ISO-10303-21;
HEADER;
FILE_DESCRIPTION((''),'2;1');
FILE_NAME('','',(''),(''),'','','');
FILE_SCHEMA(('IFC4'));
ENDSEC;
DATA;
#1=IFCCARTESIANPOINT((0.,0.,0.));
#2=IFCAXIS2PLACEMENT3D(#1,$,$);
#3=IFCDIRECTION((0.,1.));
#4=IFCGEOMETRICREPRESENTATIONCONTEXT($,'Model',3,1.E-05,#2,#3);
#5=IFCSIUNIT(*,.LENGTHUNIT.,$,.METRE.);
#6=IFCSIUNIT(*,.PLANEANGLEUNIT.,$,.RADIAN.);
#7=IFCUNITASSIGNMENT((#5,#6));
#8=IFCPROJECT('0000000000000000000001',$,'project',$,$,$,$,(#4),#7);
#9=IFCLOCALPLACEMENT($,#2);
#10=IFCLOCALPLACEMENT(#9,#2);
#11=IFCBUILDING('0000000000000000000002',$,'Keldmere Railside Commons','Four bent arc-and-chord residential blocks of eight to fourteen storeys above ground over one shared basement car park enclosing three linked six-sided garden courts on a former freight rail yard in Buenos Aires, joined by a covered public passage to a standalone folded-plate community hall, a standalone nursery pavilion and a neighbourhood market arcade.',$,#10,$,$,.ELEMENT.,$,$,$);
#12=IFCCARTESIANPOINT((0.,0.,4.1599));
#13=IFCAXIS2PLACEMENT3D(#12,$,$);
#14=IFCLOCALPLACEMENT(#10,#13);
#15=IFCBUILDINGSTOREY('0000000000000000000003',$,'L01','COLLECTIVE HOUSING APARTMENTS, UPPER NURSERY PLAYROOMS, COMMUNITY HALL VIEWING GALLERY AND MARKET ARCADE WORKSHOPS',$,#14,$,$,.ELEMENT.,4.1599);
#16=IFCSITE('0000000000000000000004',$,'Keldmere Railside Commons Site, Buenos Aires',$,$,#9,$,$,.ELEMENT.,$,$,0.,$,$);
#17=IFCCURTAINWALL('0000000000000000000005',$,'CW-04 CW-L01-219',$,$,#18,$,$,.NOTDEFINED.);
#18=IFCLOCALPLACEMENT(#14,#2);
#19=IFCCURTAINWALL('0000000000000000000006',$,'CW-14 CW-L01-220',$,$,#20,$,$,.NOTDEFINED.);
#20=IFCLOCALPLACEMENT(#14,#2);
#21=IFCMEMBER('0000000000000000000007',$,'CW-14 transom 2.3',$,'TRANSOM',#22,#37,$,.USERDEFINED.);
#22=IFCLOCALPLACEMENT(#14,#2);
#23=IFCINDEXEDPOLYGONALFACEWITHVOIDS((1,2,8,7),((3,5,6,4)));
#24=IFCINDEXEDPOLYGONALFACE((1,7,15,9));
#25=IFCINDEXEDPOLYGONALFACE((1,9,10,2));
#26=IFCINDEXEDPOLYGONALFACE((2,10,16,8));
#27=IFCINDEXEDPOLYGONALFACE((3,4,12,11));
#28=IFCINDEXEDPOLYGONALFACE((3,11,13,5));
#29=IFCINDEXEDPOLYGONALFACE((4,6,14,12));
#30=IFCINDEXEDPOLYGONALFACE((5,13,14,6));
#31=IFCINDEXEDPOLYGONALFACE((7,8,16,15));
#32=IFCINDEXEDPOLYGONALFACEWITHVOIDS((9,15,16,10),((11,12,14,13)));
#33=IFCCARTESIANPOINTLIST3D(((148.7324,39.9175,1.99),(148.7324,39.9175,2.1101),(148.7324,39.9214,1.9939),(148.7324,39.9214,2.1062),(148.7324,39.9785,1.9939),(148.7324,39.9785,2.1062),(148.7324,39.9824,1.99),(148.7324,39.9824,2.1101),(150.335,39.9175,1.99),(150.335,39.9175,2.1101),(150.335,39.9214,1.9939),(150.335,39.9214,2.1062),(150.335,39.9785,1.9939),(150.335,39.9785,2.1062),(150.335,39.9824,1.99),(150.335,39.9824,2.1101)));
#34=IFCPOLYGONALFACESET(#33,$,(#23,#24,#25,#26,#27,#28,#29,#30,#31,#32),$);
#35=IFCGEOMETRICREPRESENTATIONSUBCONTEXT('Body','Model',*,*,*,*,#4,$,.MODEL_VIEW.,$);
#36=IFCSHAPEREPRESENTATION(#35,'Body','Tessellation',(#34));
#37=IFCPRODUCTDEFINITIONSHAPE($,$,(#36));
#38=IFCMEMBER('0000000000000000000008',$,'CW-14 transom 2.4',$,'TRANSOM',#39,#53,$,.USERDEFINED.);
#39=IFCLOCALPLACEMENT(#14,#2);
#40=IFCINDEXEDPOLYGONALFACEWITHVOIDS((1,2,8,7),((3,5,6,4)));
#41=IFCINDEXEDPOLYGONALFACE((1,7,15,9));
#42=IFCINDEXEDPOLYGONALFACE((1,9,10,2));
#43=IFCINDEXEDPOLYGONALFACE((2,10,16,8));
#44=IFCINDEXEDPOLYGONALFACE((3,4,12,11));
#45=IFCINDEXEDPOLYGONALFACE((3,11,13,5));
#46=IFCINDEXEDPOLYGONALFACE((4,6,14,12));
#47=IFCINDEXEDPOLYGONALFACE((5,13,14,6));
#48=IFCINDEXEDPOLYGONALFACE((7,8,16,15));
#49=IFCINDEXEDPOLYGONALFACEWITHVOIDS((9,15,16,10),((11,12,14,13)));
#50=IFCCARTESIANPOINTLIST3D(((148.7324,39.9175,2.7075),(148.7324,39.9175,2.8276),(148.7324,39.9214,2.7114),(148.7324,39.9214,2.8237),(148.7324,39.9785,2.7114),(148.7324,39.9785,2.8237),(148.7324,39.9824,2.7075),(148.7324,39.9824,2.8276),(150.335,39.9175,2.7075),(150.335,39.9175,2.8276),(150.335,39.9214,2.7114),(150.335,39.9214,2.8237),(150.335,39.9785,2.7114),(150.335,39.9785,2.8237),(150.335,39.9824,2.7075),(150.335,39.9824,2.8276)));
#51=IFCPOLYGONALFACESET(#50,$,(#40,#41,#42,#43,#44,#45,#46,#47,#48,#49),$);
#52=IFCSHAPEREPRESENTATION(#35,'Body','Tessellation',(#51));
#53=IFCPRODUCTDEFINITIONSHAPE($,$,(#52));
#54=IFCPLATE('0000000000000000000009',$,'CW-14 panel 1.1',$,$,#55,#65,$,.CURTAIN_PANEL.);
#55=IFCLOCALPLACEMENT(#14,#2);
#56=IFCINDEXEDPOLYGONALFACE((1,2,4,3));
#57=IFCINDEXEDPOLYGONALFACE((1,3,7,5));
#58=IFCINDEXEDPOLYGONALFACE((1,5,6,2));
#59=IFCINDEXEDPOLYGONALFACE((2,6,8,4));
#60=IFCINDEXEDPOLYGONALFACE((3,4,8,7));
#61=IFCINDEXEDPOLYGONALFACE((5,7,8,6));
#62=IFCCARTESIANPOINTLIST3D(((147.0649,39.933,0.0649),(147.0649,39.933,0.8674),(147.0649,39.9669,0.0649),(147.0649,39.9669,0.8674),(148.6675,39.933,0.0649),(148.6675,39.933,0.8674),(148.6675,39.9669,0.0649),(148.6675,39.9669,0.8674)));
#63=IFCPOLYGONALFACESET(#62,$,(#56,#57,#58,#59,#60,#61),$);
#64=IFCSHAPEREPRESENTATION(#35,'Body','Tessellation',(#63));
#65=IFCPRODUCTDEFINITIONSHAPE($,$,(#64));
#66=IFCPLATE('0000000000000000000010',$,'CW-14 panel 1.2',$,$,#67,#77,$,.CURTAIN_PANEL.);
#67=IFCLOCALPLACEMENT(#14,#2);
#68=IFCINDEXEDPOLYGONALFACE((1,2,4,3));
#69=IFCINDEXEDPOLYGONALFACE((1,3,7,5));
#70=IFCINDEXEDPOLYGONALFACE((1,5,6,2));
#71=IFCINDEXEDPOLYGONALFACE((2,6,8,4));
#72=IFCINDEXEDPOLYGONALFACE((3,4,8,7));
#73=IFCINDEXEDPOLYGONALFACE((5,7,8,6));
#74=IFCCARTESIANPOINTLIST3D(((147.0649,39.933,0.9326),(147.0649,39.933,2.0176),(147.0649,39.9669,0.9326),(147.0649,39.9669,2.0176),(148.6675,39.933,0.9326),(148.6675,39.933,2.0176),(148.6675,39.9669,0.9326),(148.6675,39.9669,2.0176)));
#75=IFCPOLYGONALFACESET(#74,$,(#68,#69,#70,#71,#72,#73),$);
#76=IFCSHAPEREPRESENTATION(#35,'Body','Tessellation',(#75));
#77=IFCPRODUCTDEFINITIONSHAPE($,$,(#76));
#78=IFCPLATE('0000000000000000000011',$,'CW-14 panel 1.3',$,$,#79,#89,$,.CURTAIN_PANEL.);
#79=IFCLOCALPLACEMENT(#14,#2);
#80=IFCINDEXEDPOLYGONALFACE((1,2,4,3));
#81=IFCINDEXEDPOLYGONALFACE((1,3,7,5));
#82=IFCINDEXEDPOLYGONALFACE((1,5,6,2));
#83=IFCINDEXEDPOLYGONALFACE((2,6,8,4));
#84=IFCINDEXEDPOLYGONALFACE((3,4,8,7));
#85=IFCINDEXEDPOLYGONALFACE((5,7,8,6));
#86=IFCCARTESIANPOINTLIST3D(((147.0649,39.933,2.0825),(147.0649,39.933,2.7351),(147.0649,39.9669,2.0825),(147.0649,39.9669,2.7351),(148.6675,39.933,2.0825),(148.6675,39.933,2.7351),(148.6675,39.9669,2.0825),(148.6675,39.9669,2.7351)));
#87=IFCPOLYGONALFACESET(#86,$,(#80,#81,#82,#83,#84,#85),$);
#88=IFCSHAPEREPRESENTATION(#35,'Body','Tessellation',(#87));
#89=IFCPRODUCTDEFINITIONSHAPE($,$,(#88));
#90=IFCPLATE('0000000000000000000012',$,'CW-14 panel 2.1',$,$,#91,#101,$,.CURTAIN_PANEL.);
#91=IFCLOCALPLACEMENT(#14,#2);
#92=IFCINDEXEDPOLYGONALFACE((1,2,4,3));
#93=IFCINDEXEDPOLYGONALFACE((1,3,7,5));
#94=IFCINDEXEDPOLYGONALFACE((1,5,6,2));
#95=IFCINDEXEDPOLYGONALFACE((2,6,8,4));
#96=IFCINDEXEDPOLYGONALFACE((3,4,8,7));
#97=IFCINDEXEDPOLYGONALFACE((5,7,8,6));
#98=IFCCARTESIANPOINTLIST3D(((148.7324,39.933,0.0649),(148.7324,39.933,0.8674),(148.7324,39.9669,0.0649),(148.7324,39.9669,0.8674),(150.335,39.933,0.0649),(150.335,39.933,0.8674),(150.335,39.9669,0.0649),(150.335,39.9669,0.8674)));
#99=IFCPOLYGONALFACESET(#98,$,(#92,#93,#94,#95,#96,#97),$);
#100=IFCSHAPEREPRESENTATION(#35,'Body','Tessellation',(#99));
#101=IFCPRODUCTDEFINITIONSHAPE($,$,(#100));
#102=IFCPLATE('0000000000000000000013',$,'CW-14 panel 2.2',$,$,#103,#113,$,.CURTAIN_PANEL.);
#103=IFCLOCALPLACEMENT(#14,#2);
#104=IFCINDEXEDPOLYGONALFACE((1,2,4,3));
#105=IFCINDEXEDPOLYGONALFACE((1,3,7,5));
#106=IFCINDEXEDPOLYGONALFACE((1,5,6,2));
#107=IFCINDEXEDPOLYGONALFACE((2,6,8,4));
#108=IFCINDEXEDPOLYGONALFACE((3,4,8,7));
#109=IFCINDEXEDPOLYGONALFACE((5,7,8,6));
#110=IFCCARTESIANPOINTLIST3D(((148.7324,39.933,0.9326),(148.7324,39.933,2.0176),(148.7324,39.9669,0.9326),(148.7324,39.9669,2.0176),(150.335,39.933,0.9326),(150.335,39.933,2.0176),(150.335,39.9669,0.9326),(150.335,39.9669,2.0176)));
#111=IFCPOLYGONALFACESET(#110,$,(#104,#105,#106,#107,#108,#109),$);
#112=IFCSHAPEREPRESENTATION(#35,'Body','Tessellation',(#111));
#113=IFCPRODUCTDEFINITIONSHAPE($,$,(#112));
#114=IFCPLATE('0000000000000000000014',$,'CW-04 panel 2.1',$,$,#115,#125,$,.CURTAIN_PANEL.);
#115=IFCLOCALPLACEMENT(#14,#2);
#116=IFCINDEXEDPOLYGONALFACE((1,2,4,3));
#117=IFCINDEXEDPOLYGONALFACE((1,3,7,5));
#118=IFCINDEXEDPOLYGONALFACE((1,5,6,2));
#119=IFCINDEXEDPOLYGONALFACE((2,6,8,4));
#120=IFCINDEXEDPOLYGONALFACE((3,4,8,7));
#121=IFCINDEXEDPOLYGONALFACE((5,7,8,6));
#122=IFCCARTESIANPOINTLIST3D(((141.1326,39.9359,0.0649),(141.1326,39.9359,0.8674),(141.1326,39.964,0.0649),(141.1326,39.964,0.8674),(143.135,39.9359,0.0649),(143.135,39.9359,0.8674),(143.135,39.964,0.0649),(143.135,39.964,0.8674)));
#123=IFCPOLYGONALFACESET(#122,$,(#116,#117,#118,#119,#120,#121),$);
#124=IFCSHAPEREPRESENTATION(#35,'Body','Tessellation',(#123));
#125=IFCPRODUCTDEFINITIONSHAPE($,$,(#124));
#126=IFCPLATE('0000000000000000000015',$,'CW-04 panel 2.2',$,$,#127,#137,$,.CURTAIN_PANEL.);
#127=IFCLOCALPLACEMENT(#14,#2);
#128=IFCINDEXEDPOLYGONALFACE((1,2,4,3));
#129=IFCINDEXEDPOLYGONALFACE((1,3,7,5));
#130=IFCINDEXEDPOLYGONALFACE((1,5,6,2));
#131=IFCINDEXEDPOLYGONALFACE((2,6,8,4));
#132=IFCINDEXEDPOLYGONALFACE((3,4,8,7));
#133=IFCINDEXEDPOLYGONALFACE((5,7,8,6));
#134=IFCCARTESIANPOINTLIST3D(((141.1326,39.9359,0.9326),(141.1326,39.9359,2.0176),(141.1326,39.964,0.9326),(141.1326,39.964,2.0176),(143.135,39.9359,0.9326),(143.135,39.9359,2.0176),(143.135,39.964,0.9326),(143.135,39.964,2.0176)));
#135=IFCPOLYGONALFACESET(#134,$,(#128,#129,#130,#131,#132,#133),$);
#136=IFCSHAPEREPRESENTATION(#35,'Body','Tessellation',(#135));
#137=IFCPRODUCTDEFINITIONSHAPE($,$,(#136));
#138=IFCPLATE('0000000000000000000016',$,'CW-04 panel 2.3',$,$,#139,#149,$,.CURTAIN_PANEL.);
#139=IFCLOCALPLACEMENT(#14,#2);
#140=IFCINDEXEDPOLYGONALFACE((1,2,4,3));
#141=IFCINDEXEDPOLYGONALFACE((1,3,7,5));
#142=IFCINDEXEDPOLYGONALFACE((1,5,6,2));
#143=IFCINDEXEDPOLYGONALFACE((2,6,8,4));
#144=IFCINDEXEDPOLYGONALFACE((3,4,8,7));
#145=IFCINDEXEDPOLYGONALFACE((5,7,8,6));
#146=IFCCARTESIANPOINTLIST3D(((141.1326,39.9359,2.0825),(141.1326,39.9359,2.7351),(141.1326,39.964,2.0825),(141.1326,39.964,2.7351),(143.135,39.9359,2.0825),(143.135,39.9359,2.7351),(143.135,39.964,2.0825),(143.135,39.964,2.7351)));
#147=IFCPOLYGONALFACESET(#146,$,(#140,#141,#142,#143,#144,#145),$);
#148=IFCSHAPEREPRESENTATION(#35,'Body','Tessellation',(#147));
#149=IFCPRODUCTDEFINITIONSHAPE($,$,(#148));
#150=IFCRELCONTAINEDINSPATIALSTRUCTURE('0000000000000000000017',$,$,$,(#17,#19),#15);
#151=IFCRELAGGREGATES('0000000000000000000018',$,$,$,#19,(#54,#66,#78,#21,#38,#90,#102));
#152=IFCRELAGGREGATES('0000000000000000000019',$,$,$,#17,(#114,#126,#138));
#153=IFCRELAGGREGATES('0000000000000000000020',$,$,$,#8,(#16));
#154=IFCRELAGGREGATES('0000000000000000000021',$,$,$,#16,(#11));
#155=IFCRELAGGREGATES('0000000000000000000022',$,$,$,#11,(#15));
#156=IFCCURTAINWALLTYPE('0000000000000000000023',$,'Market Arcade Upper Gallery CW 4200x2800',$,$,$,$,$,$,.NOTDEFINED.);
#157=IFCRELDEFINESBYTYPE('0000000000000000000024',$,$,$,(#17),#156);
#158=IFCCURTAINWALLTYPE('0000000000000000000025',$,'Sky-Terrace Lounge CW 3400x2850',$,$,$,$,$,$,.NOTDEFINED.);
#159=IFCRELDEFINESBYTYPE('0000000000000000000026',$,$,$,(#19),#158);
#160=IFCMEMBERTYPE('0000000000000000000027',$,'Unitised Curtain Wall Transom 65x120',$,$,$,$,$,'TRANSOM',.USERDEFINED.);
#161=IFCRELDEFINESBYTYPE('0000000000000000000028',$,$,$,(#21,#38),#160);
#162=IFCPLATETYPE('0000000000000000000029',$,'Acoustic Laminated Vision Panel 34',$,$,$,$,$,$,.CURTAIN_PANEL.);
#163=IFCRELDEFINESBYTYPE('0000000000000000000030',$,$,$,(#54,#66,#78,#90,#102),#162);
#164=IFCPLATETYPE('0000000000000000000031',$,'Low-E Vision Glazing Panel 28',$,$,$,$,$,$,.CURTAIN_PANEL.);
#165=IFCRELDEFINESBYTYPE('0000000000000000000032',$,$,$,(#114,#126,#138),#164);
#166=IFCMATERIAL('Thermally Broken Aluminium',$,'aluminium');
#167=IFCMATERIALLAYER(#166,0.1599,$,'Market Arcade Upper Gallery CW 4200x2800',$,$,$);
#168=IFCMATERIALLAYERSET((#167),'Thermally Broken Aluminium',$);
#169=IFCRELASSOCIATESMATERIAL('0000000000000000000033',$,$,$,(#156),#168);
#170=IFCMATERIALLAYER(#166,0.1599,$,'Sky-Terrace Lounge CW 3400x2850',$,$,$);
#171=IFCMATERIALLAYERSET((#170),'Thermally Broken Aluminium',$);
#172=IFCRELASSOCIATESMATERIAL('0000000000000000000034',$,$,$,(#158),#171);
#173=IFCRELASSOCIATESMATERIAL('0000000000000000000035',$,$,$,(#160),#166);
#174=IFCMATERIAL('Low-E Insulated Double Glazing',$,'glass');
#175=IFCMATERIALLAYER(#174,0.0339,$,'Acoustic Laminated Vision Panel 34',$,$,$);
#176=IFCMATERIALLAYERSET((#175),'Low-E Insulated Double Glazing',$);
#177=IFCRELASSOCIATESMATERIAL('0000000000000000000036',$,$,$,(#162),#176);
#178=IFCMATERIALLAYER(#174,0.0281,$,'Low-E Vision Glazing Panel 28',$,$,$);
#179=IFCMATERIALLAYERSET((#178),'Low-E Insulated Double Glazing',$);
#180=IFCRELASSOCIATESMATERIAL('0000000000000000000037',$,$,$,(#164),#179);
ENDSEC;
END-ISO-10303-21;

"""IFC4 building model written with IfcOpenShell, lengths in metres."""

from ifc_helpers import new_model, si_unit, direction, frame, origin, origin_2d, place, context, subcontext, project, spatial, rectangle, hollow_rectangle, extrude, material, layer, layer_set, material_profile, profile_set, type_object, element, aggregate, save


model = new_model("IFC4")

# Units and contexts
model_context = context("Model", 3, precision=1e-05, world=origin(), true_north=direction((0.0, 1.0)))
body_context = subcontext(model_context, "Body", "Model", "MODEL_VIEW")
ifc_project = project(units=[si_unit("LENGTHUNIT", "METRE"), si_unit("PLANEANGLEUNIT", "RADIAN")], contexts=[model_context])

# Site, building, storey
site_placement = place(None, origin())
site = spatial("IfcSite", under=ifc_project, at=site_placement, Name="Keldmere Railside Commons Site, Buenos Aires", CompositionType="ELEMENT", RefElevation=0.0)
building_placement = place(site_placement, origin())
building = spatial("IfcBuilding", under=site, at=building_placement, Name="Keldmere Railside Commons", Description="Four bent arc-and-chord residential blocks of eight to fourteen storeys above ground over one shared basement car park enclosing three linked six-sided garden courts on a former freight rail yard in Buenos Aires, joined by a covered public passage to a standalone folded-plate community hall, a standalone nursery pavilion and a neighbourhood market arcade.", CompositionType="ELEMENT")
storey_placement = place(building_placement, frame((0.0, 0.0, 4.1599)))
storey = spatial("IfcBuildingStorey", under=building, at=storey_placement, Name="L01", Description="COLLECTIVE HOUSING APARTMENTS, UPPER NURSERY PLAYROOMS, COMMUNITY HALL VIEWING GALLERY AND MARKET ARCADE WORKSHOPS", CompositionType="ELEMENT", Elevation=4.1599)

# Curtain wall
ifc_material_1 = material(Name="Thermally Broken Aluminium", Category="aluminium")
ifc_layer_1 = layer(ifc_material_1, 0.1599, Name="Market Arcade Upper Gallery CW 4200x2800")
ifc_layer_set_1 = layer_set([ifc_layer_1], Name="Thermally Broken Aluminium")
curtain_wall_type_1 = type_object("IfcCurtainWallType", Name="Market Arcade Upper Gallery CW 4200x2800", PredefinedType="NOTDEFINED", material=ifc_layer_set_1)
curtain_wall_1_placement = place(storey_placement, origin())
curtain_wall_1 = element("IfcCurtainWall", 1, at=curtain_wall_1_placement, inside=storey, type_object=curtain_wall_type_1, Name="CW-04 CW-L01-219", PredefinedType="NOTDEFINED")

# Curtain wall
ifc_layer_2 = layer(ifc_material_1, 0.1599, Name="Sky-Terrace Lounge CW 3400x2850")
ifc_layer_set_2 = layer_set([ifc_layer_2], Name="Thermally Broken Aluminium")
curtain_wall_type_2 = type_object("IfcCurtainWallType", Name="Sky-Terrace Lounge CW 3400x2850", PredefinedType="NOTDEFINED", material=ifc_layer_set_2)
curtain_wall_2_placement = place(storey_placement, origin())
curtain_wall_2 = element("IfcCurtainWall", 2, at=curtain_wall_2_placement, inside=storey, type_object=curtain_wall_type_2, Name="CW-14 CW-L01-220", PredefinedType="NOTDEFINED")

# Members
ifc_material_profile_1 = material_profile(ifc_material_1, hollow_rectangle(XDim=0.0649, YDim=0.1201, WallThickness=0.0039, at=origin_2d()), Name="ALU-TRAN-65x120")
ifc_profile_set_1 = profile_set([ifc_material_profile_1], Name="Thermally Broken Aluminium")
member_type_1 = type_object("IfcMemberType", Name="Unitised Curtain Wall Transom 65x120", ElementType="TRANSOM", PredefinedType="USERDEFINED", material=ifc_profile_set_1)
member_1_placement = place(storey_placement, frame((148.7324, 39.95, 2.05), z_axis=(1.0, 0.0, 0.0), x_axis=(0.0, 1.0, 0.0)))
member_1 = element("IfcMember", 3, at=member_1_placement, type_object=member_type_1, Name="CW-14 transom 2.3", ObjectType="TRANSOM", PredefinedType="USERDEFINED", context=body_context, shape_type="SweptSolid", body=[
    extrude(hollow_rectangle(XDim=0.0649, YDim=0.1201, WallThickness=0.0039, at=origin_2d()), origin(), (0.0, 0.0, 1.0), 1.6025),
])
member_2_placement = place(storey_placement, frame((148.7324, 39.95, 2.7676), z_axis=(1.0, 0.0, 0.0), x_axis=(0.0, 1.0, 0.0)))
member_2 = element("IfcMember", 4, at=member_2_placement, type_object=member_type_1, Name="CW-14 transom 2.4", ObjectType="TRANSOM", PredefinedType="USERDEFINED", context=body_context, shape_type="SweptSolid", body=[
    extrude(hollow_rectangle(XDim=0.0649, YDim=0.1201, WallThickness=0.0039, at=origin_2d()), origin(), (0.0, 0.0, 1.0), 1.6025),
])

# Plates
ifc_material_2 = material(Name="Low-E Insulated Double Glazing", Category="glass")
ifc_layer_3 = layer(ifc_material_2, 0.0339, Name="Acoustic Laminated Vision Panel 34")
ifc_layer_set_3 = layer_set([ifc_layer_3], Name="Low-E Insulated Double Glazing")
plate_type_1 = type_object("IfcPlateType", Name="Acoustic Laminated Vision Panel 34", PredefinedType="CURTAIN_PANEL", material=ifc_layer_set_3)
plate_1_placement = place(storey_placement, frame((147.8662, 39.95, 0.0649), z_axis=(0.0, 0.0, 1.0), x_axis=(1.0, 0.0, 0.0)))
plate_1 = element("IfcPlate", 5, at=plate_1_placement, type_object=plate_type_1, Name="CW-14 panel 1.1", PredefinedType="CURTAIN_PANEL", context=body_context, shape_type="SweptSolid", body=[
    extrude(rectangle(XDim=1.6025, YDim=0.0339, at=origin_2d()), origin(), (0.0, 0.0, 1.0), 0.8025),
])
plate_2_placement = place(storey_placement, frame((147.8662, 39.95, 0.9326), z_axis=(0.0, 0.0, 1.0), x_axis=(1.0, 0.0, 0.0)))
plate_2 = element("IfcPlate", 6, at=plate_2_placement, type_object=plate_type_1, Name="CW-14 panel 1.2", PredefinedType="CURTAIN_PANEL", context=body_context, shape_type="SweptSolid", body=[
    extrude(rectangle(XDim=1.6025, YDim=0.0339, at=origin_2d()), origin(), (0.0, 0.0, 1.0), 1.085),
])
plate_3_placement = place(storey_placement, frame((147.8662, 39.95, 2.0825), z_axis=(0.0, 0.0, 1.0), x_axis=(1.0, 0.0, 0.0)))
plate_3 = element("IfcPlate", 7, at=plate_3_placement, type_object=plate_type_1, Name="CW-14 panel 1.3", PredefinedType="CURTAIN_PANEL", context=body_context, shape_type="SweptSolid", body=[
    extrude(rectangle(XDim=1.6025, YDim=0.0339, at=origin_2d()), origin(), (0.0, 0.0, 1.0), 0.6526),
])
plate_4_placement = place(storey_placement, frame((149.5337, 39.95, 0.0649), z_axis=(0.0, 0.0, 1.0), x_axis=(1.0, 0.0, 0.0)))
plate_4 = element("IfcPlate", 8, at=plate_4_placement, type_object=plate_type_1, Name="CW-14 panel 2.1", PredefinedType="CURTAIN_PANEL", context=body_context, shape_type="SweptSolid", body=[
    extrude(rectangle(XDim=1.6025, YDim=0.0339, at=origin_2d()), origin(), (0.0, 0.0, 1.0), 0.8025),
])
plate_5_placement = place(storey_placement, frame((149.5337, 39.95, 0.9326), z_axis=(0.0, 0.0, 1.0), x_axis=(1.0, 0.0, 0.0)))
plate_5 = element("IfcPlate", 9, at=plate_5_placement, type_object=plate_type_1, Name="CW-14 panel 2.2", PredefinedType="CURTAIN_PANEL", context=body_context, shape_type="SweptSolid", body=[
    extrude(rectangle(XDim=1.6025, YDim=0.0339, at=origin_2d()), origin(), (0.0, 0.0, 1.0), 1.085),
])
aggregate(curtain_wall_2, [plate_1, plate_2, plate_3, member_1, member_2, plate_4, plate_5])
ifc_layer_4 = layer(ifc_material_2, 0.0281, Name="Low-E Vision Glazing Panel 28")
ifc_layer_set_4 = layer_set([ifc_layer_4], Name="Low-E Insulated Double Glazing")
plate_type_2 = type_object("IfcPlateType", Name="Low-E Vision Glazing Panel 28", PredefinedType="CURTAIN_PANEL", material=ifc_layer_set_4)
plate_6_placement = place(storey_placement, frame((142.1338, 39.95, 0.0649), z_axis=(0.0, 0.0, 1.0), x_axis=(1.0, 0.0, 0.0)))
plate_6 = element("IfcPlate", 10, at=plate_6_placement, type_object=plate_type_2, Name="CW-04 panel 2.1", PredefinedType="CURTAIN_PANEL", context=body_context, shape_type="SweptSolid", body=[
    extrude(rectangle(XDim=2.0024, YDim=0.0281, at=origin_2d()), origin(), (0.0, 0.0, 1.0), 0.8025),
])
plate_7_placement = place(storey_placement, frame((142.1338, 39.95, 0.9326), z_axis=(0.0, 0.0, 1.0), x_axis=(1.0, 0.0, 0.0)))
plate_7 = element("IfcPlate", 11, at=plate_7_placement, type_object=plate_type_2, Name="CW-04 panel 2.2", PredefinedType="CURTAIN_PANEL", context=body_context, shape_type="SweptSolid", body=[
    extrude(rectangle(XDim=2.0024, YDim=0.0281, at=origin_2d()), origin(), (0.0, 0.0, 1.0), 1.085),
])
plate_8_placement = place(storey_placement, frame((142.1338, 39.95, 2.0825), z_axis=(0.0, 0.0, 1.0), x_axis=(1.0, 0.0, 0.0)))
plate_8 = element("IfcPlate", 12, at=plate_8_placement, type_object=plate_type_2, Name="CW-04 panel 2.3", PredefinedType="CURTAIN_PANEL", context=body_context, shape_type="SweptSolid", body=[
    extrude(rectangle(XDim=2.0024, YDim=0.0281, at=origin_2d()), origin(), (0.0, 0.0, 1.0), 0.6526),
])
aggregate(curtain_wall_1, [plate_6, plate_7, plate_8])

save(model, "model.ifc")
